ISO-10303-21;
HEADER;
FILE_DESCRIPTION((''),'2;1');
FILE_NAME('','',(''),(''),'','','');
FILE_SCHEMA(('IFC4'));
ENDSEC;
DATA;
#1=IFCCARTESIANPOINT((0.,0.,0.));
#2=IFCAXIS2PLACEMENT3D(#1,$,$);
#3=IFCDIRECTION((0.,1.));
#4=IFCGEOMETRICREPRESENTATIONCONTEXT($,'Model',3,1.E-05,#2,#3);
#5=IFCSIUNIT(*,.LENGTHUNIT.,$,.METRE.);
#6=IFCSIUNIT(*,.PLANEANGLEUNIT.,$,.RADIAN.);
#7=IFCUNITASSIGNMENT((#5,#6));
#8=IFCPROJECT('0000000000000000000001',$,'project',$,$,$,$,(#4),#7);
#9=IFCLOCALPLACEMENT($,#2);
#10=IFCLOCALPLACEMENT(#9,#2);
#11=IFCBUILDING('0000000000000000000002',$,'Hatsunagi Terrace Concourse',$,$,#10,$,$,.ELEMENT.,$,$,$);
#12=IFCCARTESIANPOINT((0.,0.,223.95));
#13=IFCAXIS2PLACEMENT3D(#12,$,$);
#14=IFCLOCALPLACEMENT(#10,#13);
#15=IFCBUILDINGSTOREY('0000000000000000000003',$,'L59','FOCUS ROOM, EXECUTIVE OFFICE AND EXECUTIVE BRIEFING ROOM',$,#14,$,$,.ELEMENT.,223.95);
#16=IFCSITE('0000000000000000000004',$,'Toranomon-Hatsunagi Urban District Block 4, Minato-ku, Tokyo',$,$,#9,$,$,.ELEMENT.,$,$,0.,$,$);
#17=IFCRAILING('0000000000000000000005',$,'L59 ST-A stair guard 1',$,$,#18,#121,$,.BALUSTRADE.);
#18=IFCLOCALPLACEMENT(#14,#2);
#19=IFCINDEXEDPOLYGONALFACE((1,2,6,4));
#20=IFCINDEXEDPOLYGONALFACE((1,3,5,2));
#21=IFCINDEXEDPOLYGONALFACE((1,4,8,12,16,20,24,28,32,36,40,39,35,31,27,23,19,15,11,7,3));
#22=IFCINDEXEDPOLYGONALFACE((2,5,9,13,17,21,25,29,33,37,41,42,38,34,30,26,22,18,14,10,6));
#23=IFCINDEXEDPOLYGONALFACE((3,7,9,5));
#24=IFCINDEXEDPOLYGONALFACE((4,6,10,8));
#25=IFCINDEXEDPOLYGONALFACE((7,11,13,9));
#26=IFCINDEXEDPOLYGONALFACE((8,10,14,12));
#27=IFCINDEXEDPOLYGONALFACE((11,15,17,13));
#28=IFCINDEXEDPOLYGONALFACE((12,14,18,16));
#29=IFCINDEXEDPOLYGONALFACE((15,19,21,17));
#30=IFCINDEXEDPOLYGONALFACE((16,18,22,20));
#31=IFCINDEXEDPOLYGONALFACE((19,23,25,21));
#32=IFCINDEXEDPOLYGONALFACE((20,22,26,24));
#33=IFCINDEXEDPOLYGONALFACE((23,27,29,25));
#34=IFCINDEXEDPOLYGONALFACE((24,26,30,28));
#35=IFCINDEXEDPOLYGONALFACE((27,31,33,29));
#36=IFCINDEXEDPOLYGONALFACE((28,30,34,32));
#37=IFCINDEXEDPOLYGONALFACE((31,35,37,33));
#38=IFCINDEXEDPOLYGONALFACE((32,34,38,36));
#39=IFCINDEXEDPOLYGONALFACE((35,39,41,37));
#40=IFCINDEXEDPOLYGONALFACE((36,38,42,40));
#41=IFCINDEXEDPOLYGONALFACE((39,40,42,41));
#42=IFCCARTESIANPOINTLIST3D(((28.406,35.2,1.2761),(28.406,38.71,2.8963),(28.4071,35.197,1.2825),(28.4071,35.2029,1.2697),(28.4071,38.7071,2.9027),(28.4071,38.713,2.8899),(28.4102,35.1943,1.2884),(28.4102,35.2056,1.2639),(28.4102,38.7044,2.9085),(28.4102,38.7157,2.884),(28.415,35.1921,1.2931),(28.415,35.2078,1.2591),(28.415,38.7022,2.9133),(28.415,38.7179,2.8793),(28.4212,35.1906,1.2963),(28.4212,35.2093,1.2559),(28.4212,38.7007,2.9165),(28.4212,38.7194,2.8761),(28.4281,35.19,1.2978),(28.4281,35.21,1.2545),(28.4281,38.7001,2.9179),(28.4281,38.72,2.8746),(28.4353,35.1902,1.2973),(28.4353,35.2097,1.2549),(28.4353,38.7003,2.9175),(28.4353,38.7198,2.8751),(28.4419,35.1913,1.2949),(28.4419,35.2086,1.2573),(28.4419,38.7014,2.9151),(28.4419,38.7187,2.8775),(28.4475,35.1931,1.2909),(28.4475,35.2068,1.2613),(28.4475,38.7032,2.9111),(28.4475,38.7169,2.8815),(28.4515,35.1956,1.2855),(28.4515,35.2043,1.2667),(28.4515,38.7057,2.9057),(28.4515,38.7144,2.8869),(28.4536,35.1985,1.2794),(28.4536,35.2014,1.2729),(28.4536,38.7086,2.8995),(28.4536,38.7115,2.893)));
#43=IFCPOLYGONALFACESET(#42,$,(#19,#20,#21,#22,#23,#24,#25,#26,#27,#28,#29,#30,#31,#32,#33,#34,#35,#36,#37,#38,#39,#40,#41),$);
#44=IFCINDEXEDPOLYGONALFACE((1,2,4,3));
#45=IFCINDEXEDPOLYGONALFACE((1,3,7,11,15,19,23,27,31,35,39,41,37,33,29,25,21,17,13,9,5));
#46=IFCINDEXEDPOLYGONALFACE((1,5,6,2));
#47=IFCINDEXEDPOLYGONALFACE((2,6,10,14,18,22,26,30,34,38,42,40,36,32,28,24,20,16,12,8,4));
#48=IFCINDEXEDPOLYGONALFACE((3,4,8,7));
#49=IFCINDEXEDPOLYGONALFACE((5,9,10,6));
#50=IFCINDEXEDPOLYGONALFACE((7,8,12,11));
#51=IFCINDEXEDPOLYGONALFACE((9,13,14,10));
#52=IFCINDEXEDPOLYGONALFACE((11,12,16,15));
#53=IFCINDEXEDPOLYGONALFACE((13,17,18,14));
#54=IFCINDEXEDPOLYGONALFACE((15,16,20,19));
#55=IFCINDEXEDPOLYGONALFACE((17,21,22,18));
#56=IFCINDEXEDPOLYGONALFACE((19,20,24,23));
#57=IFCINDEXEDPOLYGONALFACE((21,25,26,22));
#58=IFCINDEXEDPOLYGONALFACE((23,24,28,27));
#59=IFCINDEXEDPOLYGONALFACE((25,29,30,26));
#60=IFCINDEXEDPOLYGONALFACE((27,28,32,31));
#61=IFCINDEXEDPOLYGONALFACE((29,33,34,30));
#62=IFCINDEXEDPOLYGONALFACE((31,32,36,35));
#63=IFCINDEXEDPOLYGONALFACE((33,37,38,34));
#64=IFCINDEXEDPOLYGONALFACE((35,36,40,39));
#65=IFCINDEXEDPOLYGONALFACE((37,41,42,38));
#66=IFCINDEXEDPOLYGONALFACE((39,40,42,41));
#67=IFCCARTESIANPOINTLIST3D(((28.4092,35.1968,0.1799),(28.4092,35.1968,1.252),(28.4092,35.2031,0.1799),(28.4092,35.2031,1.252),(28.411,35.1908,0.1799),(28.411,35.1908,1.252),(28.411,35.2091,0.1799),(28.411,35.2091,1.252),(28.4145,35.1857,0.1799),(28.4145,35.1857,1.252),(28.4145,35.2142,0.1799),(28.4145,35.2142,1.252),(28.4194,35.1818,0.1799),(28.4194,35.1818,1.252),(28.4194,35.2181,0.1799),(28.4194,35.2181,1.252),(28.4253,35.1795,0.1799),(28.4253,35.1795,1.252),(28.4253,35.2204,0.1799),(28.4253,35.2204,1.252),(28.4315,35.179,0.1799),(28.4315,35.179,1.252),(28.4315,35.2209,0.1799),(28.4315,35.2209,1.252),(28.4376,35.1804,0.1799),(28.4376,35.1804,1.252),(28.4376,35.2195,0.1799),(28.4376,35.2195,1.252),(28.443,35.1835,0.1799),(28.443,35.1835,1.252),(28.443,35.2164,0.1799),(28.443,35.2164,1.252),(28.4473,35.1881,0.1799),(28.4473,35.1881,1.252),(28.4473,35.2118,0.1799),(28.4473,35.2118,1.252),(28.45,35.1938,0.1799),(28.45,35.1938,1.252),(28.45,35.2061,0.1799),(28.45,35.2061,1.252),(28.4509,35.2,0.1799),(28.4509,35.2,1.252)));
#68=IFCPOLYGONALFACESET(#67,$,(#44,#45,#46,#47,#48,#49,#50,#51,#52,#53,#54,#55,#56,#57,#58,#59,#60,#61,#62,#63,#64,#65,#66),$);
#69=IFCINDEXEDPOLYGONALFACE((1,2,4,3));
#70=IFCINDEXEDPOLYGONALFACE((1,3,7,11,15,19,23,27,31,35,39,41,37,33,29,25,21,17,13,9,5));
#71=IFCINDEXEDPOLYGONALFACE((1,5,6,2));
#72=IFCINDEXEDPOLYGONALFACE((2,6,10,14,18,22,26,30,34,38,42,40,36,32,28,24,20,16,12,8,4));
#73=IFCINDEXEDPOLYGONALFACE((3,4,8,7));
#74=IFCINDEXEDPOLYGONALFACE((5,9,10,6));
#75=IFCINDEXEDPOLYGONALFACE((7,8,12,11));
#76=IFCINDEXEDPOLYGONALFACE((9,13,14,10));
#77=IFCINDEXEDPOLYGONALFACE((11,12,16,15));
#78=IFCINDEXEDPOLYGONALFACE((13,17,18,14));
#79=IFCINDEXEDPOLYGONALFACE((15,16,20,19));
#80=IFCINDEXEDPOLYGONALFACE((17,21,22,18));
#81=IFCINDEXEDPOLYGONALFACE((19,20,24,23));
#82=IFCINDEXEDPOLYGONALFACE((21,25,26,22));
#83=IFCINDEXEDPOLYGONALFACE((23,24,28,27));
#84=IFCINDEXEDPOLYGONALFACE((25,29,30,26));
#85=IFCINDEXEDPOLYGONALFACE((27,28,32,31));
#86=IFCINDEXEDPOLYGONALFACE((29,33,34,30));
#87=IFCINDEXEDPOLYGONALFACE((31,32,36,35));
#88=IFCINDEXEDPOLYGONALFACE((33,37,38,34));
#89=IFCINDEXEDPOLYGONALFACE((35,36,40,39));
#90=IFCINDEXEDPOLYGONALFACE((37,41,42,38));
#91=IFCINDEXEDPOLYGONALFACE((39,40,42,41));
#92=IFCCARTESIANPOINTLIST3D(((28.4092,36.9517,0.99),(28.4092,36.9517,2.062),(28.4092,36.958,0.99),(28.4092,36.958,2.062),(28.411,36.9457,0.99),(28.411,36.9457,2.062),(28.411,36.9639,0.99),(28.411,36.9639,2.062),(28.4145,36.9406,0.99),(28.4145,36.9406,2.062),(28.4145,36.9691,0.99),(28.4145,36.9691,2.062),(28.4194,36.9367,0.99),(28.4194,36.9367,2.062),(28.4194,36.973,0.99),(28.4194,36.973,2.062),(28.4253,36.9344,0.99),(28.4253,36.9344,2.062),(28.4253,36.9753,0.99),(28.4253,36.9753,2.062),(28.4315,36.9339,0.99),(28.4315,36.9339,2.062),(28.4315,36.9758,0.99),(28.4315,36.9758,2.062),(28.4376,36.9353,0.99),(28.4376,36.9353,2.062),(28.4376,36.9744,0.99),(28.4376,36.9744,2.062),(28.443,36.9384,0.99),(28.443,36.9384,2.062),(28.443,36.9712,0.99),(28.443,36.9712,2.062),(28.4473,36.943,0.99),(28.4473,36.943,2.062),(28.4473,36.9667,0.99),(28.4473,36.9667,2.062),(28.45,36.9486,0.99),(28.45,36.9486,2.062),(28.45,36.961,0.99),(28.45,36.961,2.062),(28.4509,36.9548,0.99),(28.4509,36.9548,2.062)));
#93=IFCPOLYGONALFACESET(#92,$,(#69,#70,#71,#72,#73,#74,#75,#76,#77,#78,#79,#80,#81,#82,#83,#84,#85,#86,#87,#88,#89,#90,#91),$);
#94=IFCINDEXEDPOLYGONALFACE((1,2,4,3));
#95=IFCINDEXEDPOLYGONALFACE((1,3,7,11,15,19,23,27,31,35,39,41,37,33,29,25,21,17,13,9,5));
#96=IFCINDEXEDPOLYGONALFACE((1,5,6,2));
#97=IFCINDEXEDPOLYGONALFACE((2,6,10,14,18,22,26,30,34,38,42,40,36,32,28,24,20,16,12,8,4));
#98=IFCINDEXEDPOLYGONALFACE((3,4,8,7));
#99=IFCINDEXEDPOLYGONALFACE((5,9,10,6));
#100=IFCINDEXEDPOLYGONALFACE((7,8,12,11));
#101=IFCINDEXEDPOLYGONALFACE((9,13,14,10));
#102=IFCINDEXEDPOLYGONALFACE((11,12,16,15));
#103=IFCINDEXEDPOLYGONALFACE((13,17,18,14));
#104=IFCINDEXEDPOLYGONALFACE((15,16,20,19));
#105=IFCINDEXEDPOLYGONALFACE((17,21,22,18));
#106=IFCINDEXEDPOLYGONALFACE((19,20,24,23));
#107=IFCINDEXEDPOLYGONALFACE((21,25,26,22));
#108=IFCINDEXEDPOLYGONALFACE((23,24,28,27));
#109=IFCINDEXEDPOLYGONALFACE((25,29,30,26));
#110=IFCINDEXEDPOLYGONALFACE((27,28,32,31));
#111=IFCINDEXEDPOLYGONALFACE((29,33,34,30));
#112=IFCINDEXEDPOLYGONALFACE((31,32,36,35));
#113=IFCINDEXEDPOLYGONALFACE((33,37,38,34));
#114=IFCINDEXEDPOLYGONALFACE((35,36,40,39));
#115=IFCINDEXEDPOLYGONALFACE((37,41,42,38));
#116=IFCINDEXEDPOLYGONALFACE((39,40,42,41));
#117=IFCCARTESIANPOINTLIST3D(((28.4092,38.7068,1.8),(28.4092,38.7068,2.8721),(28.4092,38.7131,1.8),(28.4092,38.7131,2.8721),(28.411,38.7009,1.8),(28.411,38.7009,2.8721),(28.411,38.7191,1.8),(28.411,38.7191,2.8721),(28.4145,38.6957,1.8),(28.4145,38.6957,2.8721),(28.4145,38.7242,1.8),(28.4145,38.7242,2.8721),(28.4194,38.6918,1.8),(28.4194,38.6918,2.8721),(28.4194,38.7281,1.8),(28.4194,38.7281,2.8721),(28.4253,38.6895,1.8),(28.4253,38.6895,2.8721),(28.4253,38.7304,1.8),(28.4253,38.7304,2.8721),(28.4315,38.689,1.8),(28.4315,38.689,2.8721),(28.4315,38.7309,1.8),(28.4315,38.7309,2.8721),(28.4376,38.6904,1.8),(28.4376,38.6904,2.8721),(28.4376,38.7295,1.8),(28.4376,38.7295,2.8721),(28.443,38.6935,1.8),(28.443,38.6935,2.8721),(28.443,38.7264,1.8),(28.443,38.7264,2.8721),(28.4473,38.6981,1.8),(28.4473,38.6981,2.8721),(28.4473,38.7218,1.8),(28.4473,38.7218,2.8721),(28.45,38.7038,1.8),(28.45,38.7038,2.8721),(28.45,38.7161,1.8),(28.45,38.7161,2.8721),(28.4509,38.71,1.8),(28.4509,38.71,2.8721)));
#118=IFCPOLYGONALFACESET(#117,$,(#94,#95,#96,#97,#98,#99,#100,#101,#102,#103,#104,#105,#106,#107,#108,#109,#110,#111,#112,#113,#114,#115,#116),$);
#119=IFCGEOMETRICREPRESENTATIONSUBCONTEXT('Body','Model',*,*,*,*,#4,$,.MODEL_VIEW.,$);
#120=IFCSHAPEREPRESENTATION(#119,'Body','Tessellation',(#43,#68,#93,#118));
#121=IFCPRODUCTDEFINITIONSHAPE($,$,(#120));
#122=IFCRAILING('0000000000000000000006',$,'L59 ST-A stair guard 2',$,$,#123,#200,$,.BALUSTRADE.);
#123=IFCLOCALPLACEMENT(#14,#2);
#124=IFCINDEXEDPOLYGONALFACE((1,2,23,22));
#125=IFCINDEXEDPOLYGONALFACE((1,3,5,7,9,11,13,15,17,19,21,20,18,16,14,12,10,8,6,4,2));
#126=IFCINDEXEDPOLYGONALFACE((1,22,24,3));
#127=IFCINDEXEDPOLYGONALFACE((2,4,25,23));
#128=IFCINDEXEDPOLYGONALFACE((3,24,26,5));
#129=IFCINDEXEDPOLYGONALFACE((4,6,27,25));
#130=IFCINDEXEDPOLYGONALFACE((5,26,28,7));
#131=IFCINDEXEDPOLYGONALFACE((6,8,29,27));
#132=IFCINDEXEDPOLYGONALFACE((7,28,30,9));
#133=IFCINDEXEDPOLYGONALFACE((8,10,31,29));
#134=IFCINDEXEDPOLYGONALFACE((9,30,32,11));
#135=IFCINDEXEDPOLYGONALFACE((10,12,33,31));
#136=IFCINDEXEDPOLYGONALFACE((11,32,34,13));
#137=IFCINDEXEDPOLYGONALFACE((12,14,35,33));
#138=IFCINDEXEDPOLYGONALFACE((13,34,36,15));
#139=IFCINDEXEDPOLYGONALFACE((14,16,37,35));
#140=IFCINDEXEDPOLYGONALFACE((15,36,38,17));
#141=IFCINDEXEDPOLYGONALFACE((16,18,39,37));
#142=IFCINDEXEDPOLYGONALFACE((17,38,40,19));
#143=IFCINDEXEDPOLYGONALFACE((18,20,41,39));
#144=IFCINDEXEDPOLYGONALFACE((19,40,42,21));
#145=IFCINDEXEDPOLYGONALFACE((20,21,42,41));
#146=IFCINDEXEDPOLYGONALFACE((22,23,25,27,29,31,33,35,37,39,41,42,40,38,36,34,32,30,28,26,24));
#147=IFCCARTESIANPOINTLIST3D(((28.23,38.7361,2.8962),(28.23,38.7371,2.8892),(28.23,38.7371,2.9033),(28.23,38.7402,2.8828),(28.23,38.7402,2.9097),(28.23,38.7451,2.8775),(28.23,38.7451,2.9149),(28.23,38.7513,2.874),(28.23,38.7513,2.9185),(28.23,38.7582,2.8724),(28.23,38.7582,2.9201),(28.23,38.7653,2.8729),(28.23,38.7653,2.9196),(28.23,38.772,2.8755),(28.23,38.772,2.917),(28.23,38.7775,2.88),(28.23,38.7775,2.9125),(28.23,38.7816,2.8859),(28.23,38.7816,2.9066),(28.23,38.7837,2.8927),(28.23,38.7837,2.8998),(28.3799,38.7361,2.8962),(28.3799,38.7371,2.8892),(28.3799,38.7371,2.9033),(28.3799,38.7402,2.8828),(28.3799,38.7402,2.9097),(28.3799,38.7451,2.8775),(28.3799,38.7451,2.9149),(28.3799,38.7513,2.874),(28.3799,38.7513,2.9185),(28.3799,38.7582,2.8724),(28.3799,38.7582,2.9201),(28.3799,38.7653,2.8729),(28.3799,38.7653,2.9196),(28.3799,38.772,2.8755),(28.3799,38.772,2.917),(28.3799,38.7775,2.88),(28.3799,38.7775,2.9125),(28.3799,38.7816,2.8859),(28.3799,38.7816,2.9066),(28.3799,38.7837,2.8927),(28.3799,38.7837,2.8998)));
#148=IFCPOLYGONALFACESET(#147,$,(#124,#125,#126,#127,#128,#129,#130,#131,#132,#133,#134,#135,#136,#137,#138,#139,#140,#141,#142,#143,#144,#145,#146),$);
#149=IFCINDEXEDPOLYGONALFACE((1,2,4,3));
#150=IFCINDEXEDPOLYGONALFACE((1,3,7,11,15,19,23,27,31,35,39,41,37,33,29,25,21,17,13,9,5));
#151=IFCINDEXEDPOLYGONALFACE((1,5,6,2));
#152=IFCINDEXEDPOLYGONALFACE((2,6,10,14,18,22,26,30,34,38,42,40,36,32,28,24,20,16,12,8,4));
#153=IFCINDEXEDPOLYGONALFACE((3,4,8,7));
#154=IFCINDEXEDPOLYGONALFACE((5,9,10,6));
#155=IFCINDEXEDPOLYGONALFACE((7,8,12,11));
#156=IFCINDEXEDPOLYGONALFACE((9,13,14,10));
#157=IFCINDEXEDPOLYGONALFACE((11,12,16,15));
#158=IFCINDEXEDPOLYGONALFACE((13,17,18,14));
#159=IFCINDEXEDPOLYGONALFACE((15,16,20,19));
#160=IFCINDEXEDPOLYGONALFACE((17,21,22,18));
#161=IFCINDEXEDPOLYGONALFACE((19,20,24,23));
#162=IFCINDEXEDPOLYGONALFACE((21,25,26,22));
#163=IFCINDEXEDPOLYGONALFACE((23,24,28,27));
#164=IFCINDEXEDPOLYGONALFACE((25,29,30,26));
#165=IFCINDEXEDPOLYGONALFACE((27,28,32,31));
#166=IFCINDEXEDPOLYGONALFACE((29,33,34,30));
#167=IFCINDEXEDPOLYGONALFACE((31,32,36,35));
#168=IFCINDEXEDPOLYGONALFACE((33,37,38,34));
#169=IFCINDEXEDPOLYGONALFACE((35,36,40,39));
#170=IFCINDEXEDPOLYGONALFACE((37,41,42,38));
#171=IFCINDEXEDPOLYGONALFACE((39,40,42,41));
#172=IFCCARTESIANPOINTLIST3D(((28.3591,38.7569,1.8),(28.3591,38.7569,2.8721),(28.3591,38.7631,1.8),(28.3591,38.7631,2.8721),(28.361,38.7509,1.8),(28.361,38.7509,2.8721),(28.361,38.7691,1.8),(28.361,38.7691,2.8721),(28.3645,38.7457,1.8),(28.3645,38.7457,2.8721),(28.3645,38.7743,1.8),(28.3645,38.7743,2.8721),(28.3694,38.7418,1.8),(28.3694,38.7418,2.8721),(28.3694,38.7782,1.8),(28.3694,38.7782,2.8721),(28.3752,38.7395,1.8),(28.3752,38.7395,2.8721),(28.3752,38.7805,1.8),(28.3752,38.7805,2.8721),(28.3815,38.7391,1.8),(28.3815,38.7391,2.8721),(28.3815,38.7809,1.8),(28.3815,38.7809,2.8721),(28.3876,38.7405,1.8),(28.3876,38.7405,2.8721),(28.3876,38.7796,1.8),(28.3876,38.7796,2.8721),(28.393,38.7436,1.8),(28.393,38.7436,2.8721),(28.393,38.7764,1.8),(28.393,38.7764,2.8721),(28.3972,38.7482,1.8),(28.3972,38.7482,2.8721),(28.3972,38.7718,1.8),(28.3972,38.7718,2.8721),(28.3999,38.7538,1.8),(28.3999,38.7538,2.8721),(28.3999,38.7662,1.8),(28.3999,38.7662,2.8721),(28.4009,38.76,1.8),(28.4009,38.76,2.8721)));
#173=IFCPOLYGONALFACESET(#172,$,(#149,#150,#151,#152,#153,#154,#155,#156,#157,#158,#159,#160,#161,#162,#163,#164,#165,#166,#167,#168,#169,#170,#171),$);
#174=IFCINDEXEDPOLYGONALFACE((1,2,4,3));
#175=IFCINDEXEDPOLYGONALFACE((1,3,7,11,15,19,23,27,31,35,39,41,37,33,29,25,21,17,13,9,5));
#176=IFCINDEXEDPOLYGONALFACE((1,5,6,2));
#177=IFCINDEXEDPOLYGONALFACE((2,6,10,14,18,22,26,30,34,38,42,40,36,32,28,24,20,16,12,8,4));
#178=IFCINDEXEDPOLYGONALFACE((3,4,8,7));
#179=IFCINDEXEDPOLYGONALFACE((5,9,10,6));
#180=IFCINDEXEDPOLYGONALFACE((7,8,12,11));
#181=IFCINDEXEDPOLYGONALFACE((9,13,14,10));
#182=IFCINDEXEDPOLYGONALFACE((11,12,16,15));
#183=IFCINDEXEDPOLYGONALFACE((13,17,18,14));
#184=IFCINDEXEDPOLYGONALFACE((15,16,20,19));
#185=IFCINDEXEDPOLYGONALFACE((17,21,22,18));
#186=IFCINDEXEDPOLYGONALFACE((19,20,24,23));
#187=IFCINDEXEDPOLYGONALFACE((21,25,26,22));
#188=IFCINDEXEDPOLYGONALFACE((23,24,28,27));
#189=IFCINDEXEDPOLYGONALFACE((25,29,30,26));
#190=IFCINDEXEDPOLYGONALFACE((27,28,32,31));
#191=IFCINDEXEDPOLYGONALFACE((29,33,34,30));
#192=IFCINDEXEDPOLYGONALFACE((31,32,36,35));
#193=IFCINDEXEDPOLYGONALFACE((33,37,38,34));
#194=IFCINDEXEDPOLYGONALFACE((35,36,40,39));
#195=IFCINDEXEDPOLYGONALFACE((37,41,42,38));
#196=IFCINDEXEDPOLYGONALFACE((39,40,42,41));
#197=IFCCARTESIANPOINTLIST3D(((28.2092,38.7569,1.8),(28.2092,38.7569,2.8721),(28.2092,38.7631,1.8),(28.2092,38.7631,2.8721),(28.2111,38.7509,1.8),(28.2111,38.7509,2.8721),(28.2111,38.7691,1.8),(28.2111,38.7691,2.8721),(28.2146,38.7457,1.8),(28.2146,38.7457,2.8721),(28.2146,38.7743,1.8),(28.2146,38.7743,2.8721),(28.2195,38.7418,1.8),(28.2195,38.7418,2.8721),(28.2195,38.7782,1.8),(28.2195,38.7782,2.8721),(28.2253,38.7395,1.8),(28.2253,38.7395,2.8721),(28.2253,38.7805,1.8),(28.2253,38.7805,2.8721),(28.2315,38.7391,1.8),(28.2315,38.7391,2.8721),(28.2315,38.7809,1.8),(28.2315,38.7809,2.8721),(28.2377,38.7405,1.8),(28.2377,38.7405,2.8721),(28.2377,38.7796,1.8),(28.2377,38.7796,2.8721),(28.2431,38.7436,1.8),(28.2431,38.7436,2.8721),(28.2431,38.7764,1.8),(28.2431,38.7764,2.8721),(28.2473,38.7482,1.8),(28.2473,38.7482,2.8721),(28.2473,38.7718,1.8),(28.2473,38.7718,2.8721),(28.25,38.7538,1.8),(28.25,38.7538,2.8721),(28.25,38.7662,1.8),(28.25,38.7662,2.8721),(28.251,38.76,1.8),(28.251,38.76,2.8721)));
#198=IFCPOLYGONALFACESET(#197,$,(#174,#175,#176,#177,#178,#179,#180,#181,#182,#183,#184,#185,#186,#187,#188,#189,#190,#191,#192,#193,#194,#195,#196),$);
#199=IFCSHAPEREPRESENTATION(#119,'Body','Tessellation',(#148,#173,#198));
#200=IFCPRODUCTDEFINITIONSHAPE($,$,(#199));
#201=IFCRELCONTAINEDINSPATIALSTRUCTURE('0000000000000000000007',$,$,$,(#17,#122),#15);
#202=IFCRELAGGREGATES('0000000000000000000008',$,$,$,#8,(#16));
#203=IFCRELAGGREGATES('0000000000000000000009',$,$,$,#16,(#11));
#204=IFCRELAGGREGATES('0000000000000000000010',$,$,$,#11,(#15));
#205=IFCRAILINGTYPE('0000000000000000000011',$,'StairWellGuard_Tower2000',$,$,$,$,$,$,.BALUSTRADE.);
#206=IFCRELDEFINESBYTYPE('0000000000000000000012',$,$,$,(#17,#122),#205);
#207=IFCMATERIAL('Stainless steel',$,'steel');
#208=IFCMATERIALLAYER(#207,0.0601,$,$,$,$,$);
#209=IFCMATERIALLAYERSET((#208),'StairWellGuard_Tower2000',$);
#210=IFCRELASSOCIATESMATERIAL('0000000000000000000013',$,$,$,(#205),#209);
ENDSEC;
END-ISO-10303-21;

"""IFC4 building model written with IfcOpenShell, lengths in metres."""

from ifc_helpers import new_model, si_unit, direction, frame, origin, origin_2d, place, context, subcontext, project, spatial, circle, extrude, material, layer, layer_set, type_object, element, save


model = new_model("IFC4")

# Units and contexts
model_context = context("Model", 3, precision=1e-05, world=origin(), true_north=direction((0.0, 1.0)))
body_context = subcontext(model_context, "Body", "Model", "MODEL_VIEW")
ifc_project = project(units=[si_unit("LENGTHUNIT", "METRE"), si_unit("PLANEANGLEUNIT", "RADIAN")], contexts=[model_context])

# Site, building, storey
site_placement = place(None, origin())
site = spatial("IfcSite", under=ifc_project, at=site_placement, Name="Toranomon-Hatsunagi Urban District Block 4, Minato-ku, Tokyo", CompositionType="ELEMENT", RefElevation=0.0)
building_placement = place(site_placement, origin())
building = spatial("IfcBuilding", under=site, at=building_placement, Name="Hatsunagi Terrace Concourse", CompositionType="ELEMENT")
storey_placement = place(building_placement, frame((0.0, 0.0, 223.95)))
storey = spatial("IfcBuildingStorey", under=building, at=storey_placement, Name="L59", Description="FOCUS ROOM, EXECUTIVE OFFICE AND EXECUTIVE BRIEFING ROOM", CompositionType="ELEMENT", Elevation=223.95)

# Railings
ifc_material_1 = material(Name="Stainless steel", Category="steel")
ifc_layer_1 = layer(ifc_material_1, 0.0601)
ifc_layer_set_1 = layer_set([ifc_layer_1], Name="StairWellGuard_Tower2000")
railing_type_1 = type_object("IfcRailingType", Name="StairWellGuard_Tower2000", PredefinedType="BALUSTRADE", material=ifc_layer_set_1)
railing_1_placement = place(storey_placement, frame((28.4299, 35.2, 0.1799)))
element("IfcRailing", 1, at=railing_1_placement, inside=storey, type_object=railing_type_1, Name="L59 ST-A stair guard 1", PredefinedType="BALUSTRADE", context=body_context, shape_type="SweptSolid", body=[
    extrude(circle(Radius=0.0239, at=origin_2d()), frame((0.0, 0.0, 1.0962), z_axis=(0.0, 0.907948, 0.419082), x_axis=(-1.0, 0.0, 0.0)), (0.0, 0.0, 1.0), 3.866),
    extrude(circle(Radius=0.021, at=origin_2d()), origin(), (0.0, 0.0, 1.0), 1.072),
    extrude(circle(Radius=0.021, at=origin_2d()), frame((0.0, 1.7549, 0.8101)), (0.0, 0.0, 1.0), 1.072),
    extrude(circle(Radius=0.021, at=origin_2d()), frame((0.0, 3.51, 1.6201)), (0.0, 0.0, 1.0), 1.072),
])
railing_2_placement = place(storey_placement, frame((28.3799, 38.76, 1.8)))
element("IfcRailing", 2, at=railing_2_placement, inside=storey, type_object=railing_type_1, Name="L59 ST-A stair guard 2", PredefinedType="BALUSTRADE", context=body_context, shape_type="SweptSolid", body=[
    extrude(circle(Radius=0.0239, at=origin_2d()), frame((0.0, 0.0, 1.0962), z_axis=(-1.0, 0.0, 0.0), x_axis=(0.0, -1.0, 0.0)), (0.0, 0.0, 1.0), 0.1499),
    extrude(circle(Radius=0.021, at=origin_2d()), origin(), (0.0, 0.0, 1.0), 1.072),
    extrude(circle(Radius=0.021, at=origin_2d()), frame((-0.1499, 0.0, 0.0)), (0.0, 0.0, 1.0), 1.072),
])

save(model, "model.ifc")
